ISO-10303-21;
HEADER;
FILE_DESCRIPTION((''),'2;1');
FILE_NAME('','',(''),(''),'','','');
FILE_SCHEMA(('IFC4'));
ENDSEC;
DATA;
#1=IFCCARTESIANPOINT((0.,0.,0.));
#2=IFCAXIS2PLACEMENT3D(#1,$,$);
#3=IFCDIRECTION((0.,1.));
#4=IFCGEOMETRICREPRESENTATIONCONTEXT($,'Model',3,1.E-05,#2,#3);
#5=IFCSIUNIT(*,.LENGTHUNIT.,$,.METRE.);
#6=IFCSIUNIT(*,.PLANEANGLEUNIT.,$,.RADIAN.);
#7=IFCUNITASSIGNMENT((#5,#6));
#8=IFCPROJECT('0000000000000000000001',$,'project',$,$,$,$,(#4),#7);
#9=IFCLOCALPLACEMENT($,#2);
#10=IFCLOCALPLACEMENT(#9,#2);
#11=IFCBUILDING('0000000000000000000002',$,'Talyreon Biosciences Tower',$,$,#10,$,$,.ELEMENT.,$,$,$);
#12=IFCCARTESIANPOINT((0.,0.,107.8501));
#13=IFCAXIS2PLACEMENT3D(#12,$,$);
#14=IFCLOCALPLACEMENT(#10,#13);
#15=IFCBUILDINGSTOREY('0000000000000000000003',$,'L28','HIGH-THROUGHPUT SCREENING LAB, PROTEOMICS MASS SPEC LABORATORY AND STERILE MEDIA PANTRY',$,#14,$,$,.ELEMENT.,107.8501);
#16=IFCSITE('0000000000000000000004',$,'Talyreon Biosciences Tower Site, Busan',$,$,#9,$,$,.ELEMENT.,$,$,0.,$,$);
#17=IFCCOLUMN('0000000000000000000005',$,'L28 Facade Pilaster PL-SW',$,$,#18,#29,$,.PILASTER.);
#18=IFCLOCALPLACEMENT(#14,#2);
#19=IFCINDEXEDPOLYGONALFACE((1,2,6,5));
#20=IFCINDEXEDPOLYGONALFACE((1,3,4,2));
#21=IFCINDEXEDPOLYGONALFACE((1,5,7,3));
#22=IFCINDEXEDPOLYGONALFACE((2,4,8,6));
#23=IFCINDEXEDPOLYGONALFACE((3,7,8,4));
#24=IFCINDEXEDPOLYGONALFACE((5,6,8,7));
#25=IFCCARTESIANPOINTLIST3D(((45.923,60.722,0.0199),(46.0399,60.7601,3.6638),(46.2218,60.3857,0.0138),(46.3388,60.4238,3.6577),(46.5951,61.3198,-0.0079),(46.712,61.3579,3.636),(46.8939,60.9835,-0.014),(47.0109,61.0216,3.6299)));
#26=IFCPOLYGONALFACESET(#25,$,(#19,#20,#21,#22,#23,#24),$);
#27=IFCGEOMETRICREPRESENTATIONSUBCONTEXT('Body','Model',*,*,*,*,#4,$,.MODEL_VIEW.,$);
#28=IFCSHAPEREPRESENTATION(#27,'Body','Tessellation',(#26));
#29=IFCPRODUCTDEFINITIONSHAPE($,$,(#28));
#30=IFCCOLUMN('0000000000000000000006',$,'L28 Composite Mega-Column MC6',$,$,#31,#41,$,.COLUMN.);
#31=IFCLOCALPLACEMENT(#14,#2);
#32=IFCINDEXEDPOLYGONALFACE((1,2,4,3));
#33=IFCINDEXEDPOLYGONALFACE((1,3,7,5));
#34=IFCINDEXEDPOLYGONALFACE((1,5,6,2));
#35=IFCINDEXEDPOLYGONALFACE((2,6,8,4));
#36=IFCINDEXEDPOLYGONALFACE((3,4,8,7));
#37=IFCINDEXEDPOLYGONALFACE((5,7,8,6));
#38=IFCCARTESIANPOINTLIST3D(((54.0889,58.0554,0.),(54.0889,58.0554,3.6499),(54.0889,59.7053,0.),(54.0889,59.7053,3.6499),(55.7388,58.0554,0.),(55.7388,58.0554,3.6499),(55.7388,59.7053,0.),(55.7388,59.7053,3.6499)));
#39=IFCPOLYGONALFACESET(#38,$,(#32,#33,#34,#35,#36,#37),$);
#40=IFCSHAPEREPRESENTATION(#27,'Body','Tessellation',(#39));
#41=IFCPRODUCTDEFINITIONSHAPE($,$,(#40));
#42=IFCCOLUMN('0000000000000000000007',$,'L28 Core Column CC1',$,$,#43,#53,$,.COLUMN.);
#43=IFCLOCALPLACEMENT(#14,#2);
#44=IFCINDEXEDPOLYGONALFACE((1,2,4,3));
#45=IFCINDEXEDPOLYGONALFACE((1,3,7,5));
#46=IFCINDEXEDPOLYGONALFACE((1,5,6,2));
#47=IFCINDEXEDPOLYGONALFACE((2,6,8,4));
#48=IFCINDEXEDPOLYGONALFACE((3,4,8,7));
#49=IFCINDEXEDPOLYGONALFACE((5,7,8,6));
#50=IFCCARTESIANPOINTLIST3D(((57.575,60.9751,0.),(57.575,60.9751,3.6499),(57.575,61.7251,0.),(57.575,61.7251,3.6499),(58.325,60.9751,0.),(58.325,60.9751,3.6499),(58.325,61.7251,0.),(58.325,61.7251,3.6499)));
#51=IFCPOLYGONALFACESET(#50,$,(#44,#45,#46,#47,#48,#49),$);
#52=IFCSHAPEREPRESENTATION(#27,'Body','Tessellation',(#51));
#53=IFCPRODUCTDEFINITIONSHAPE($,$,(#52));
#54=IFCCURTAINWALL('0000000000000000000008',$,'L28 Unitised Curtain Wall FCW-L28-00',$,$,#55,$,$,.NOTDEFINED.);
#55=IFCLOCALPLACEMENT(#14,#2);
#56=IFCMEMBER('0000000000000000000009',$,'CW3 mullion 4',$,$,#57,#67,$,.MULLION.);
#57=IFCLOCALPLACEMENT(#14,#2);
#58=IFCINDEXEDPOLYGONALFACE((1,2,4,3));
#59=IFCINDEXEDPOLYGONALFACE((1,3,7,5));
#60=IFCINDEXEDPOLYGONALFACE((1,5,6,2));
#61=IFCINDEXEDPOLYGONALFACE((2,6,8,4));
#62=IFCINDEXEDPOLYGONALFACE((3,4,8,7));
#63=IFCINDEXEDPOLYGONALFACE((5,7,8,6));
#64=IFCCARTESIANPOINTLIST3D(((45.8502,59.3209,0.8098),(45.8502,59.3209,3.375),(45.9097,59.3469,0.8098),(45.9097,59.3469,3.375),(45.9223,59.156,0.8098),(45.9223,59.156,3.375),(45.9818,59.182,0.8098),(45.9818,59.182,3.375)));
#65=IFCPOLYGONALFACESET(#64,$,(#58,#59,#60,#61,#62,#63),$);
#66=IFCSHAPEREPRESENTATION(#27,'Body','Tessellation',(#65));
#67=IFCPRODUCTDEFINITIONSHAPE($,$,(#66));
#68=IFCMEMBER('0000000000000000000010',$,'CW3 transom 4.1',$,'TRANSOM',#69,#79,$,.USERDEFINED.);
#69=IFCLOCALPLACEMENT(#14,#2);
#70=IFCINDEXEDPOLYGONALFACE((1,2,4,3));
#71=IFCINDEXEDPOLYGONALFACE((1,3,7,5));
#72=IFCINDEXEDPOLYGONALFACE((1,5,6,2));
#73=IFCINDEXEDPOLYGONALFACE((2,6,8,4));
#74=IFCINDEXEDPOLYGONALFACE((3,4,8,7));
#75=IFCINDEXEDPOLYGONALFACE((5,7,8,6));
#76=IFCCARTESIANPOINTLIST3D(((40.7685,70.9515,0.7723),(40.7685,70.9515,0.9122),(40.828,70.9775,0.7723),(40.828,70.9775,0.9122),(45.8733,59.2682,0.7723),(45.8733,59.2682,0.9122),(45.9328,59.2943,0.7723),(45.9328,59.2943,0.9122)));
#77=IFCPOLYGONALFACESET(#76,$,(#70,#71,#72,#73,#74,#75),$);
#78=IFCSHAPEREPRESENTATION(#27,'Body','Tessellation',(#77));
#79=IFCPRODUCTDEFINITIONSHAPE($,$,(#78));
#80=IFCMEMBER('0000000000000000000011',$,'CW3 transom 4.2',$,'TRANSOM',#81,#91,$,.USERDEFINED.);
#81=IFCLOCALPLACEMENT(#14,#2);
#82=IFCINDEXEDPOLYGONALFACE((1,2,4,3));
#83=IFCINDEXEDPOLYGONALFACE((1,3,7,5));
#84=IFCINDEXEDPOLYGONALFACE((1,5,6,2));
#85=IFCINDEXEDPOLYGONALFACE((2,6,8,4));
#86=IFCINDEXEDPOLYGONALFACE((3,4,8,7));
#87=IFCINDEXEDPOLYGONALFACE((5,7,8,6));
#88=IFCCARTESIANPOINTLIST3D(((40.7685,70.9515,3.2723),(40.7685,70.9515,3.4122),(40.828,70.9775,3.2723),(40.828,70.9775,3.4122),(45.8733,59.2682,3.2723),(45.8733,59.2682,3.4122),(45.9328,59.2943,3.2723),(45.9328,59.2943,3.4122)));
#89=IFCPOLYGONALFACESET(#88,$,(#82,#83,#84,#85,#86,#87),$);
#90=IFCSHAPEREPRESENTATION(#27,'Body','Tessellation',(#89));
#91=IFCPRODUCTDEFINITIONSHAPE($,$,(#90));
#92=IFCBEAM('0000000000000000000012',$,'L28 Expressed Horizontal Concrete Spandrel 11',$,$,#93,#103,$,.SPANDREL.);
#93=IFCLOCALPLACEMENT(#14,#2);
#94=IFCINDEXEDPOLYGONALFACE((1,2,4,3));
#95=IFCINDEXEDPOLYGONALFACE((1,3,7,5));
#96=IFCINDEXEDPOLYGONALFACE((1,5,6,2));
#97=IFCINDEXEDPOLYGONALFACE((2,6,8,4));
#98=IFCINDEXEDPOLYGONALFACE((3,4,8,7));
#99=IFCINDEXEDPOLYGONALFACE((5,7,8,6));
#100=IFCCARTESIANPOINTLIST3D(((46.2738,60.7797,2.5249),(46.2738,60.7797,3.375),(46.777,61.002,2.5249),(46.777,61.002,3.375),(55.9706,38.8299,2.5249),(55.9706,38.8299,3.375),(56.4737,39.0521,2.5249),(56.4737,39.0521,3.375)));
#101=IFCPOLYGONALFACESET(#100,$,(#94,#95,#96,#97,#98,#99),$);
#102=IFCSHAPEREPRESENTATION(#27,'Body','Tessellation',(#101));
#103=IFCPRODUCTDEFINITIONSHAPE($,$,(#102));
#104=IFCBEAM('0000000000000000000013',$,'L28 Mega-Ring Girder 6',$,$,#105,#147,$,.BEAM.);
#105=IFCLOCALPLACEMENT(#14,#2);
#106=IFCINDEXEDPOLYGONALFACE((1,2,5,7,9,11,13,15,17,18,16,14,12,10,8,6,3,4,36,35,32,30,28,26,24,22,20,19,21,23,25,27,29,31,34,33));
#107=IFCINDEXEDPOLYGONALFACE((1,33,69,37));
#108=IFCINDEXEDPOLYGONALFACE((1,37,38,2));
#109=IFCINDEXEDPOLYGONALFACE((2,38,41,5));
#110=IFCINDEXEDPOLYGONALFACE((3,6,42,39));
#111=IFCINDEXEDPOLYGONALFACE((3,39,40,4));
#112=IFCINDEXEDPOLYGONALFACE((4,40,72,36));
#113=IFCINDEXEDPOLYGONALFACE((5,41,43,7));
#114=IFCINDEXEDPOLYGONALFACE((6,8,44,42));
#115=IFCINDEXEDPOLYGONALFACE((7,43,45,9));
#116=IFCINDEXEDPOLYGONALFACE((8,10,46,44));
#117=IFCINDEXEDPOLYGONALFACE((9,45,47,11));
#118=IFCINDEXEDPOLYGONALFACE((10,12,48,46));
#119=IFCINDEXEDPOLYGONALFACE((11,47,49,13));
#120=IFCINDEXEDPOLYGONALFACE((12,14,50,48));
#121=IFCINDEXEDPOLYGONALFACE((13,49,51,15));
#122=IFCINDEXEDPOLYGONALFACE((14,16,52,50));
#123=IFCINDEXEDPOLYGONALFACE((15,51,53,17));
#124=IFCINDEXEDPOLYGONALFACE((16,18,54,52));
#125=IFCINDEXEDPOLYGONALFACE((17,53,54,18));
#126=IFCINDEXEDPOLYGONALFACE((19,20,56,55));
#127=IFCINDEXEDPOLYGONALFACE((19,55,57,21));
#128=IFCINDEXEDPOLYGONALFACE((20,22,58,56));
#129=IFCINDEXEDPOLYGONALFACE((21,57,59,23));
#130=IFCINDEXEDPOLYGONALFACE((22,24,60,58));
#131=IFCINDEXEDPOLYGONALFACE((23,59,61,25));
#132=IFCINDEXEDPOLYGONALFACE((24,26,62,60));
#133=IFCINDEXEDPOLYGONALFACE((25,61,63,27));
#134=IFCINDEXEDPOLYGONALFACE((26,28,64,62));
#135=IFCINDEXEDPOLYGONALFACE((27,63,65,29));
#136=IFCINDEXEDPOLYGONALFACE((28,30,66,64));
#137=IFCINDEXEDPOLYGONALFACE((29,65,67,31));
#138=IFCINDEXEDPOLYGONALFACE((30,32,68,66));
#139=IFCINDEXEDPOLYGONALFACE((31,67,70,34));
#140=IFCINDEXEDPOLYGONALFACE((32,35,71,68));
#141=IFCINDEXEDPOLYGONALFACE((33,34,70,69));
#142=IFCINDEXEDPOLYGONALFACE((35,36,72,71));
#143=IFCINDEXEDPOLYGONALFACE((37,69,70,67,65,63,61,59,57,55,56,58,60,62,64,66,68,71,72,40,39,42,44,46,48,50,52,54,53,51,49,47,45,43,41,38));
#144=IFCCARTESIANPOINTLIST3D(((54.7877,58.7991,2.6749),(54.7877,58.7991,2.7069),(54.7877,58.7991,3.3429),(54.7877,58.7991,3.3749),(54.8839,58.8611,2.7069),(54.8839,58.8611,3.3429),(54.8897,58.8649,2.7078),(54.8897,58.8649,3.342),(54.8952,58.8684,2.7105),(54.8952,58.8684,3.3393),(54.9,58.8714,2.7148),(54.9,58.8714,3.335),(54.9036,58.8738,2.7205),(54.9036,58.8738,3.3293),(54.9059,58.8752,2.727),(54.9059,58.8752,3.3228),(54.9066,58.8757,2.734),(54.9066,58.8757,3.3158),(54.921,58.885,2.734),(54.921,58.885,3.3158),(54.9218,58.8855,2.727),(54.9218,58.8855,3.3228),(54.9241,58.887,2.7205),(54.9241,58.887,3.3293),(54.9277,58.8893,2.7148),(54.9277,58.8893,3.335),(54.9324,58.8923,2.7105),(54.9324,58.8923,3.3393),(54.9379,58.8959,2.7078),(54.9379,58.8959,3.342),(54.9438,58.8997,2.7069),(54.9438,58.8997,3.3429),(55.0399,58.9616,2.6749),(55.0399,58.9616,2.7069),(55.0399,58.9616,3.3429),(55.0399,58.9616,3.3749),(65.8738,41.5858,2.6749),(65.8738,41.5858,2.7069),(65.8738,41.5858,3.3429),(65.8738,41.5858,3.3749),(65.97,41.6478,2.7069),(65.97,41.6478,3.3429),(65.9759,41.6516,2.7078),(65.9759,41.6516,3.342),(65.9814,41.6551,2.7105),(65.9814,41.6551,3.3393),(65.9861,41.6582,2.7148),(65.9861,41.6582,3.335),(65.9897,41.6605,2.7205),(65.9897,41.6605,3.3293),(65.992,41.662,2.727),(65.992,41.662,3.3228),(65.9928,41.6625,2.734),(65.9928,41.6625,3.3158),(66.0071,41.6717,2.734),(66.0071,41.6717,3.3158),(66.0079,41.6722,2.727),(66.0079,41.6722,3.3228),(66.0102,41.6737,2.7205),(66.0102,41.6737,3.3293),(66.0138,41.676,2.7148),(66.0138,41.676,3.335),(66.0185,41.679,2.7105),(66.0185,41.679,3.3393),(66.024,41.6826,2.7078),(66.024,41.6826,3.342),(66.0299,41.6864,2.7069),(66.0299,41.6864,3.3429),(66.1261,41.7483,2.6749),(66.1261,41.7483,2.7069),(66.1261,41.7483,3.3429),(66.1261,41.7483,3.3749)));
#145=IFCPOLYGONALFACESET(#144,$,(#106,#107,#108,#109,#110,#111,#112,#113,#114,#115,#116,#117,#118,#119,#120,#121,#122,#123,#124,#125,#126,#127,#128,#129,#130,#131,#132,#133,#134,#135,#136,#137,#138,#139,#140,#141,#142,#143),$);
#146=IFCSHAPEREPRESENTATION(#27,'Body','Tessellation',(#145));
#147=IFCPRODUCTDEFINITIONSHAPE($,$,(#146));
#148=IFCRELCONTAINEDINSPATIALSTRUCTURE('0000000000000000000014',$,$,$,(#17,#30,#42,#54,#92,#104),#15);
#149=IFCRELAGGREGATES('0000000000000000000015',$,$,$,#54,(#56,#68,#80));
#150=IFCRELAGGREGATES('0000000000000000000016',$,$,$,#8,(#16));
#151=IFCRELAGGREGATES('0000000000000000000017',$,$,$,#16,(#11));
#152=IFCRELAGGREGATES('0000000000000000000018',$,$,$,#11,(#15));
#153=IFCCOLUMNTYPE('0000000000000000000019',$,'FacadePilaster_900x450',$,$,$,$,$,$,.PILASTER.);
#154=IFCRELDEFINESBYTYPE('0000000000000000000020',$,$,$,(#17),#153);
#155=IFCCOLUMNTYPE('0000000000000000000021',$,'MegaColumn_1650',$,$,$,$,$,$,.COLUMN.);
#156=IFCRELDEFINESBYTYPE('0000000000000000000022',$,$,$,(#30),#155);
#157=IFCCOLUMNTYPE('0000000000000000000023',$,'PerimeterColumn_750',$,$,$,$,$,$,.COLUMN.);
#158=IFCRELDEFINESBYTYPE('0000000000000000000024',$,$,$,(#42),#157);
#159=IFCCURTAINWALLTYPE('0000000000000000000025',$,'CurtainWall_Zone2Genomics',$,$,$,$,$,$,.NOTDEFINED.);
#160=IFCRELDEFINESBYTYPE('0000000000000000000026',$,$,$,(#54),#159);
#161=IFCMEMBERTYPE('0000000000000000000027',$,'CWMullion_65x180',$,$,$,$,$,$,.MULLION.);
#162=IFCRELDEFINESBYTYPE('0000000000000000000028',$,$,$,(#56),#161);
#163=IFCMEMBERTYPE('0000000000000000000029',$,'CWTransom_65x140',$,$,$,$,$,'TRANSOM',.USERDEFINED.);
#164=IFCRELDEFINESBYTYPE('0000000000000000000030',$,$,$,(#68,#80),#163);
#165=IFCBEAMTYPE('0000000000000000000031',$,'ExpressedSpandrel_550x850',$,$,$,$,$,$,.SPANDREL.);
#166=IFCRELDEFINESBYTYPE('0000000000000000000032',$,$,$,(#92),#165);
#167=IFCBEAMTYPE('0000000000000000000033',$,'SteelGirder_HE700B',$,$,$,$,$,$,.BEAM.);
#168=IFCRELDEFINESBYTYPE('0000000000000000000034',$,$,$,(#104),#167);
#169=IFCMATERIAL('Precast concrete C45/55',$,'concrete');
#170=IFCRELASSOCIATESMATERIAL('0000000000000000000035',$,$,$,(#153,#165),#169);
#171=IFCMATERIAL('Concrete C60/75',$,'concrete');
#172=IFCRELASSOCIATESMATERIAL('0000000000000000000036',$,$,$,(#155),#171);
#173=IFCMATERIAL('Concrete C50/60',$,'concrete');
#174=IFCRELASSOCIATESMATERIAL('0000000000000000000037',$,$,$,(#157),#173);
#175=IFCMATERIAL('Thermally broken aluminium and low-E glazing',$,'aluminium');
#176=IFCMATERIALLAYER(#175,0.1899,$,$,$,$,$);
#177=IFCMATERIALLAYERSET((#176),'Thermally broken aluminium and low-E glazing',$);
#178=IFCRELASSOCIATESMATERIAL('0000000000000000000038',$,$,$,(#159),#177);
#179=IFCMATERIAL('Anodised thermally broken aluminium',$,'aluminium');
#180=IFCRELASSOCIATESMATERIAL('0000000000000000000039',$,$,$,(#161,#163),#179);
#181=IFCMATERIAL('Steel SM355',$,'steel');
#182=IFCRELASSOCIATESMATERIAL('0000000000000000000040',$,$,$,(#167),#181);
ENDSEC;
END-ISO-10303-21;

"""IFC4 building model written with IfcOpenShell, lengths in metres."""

from ifc_helpers import new_model, si_unit, direction, frame, origin, origin_2d, place, context, subcontext, project, spatial, rectangle, i_section, extrude, material, layer, layer_set, material_profile, profile_set, type_object, element, aggregate, save


model = new_model("IFC4")

# Units and contexts
model_context = context("Model", 3, precision=1e-05, world=origin(), true_north=direction((0.0, 1.0)))
body_context = subcontext(model_context, "Body", "Model", "MODEL_VIEW")
ifc_project = project(units=[si_unit("LENGTHUNIT", "METRE"), si_unit("PLANEANGLEUNIT", "RADIAN")], contexts=[model_context])

# Site, building, storey
site_placement = place(None, origin())
site = spatial("IfcSite", under=ifc_project, at=site_placement, Name="Talyreon Biosciences Tower Site, Busan", CompositionType="ELEMENT", RefElevation=0.0)
building_placement = place(site_placement, origin())
building = spatial("IfcBuilding", under=site, at=building_placement, Name="Talyreon Biosciences Tower", CompositionType="ELEMENT")
storey_placement = place(building_placement, frame((0.0, 0.0, 107.8501)))
storey = spatial("IfcBuildingStorey", under=building, at=storey_placement, Name="L28", Description="HIGH-THROUGHPUT SCREENING LAB, PROTEOMICS MASS SPEC LABORATORY AND STERILE MEDIA PANTRY", CompositionType="ELEMENT", Elevation=107.8501)

# Columns
ifc_material_1 = material(Name="Precast concrete C45/55", Category="concrete")
ifc_material_profile_1 = material_profile(ifc_material_1, rectangle(XDim=0.8999, YDim=0.45, at=origin_2d()), Name="RC 900x450")
ifc_profile_set_1 = profile_set([ifc_material_profile_1], Name="Precast concrete C45/55")
column_type_1 = type_object("IfcColumnType", Name="FacadePilaster_900x450", PredefinedType="PILASTER", material=ifc_profile_set_1)
column_1_placement = place(storey_placement, frame((46.4084, 60.8528, 0.0029), z_axis=(0.032073, 0.010446, 0.999431), x_axis=(0.746858, 0.664265, -0.030911)))
element("IfcColumn", 1, at=column_1_placement, inside=storey, type_object=column_type_1, Name="L28 Facade Pilaster PL-SW", PredefinedType="PILASTER", context=body_context, shape_type="SweptSolid", body=[
    extrude(rectangle(XDim=0.8999, YDim=0.45, at=origin_2d()), origin(), (0.0, 0.0, 1.0), 3.646),
])
ifc_material_2 = material(Name="Concrete C60/75", Category="concrete")
ifc_material_profile_2 = material_profile(ifc_material_2, rectangle(XDim=1.6499, YDim=1.6499, at=origin_2d()), Name="RC 1650x1650")
ifc_profile_set_2 = profile_set([ifc_material_profile_2], Name="Concrete C60/75")
column_type_2 = type_object("IfcColumnType", Name="MegaColumn_1650", PredefinedType="COLUMN", material=ifc_profile_set_2)
column_2_placement = place(storey_placement, frame((54.9138, 58.8804, 0.0), z_axis=(0.0, 0.0, 1.0), x_axis=(1.0, 0.0, 0.0)))
element("IfcColumn", 2, at=column_2_placement, inside=storey, type_object=column_type_2, Name="L28 Composite Mega-Column MC6", PredefinedType="COLUMN", context=body_context, shape_type="SweptSolid", body=[
    extrude(rectangle(XDim=1.6499, YDim=1.6499, at=origin_2d()), origin(), (0.0, 0.0, 1.0), 3.6499),
])
ifc_material_3 = material(Name="Concrete C50/60", Category="concrete")
ifc_material_profile_3 = material_profile(ifc_material_3, rectangle(XDim=0.75, YDim=0.75, at=origin_2d()), Name="RC 750x750")
ifc_profile_set_3 = profile_set([ifc_material_profile_3], Name="Concrete C50/60")
column_type_3 = type_object("IfcColumnType", Name="PerimeterColumn_750", PredefinedType="COLUMN", material=ifc_profile_set_3)
column_3_placement = place(storey_placement, frame((57.95, 61.3501, 0.0), z_axis=(0.0, 0.0, 1.0), x_axis=(1.0, 0.0, 0.0)))
element("IfcColumn", 3, at=column_3_placement, inside=storey, type_object=column_type_3, Name="L28 Core Column CC1", PredefinedType="COLUMN", context=body_context, shape_type="SweptSolid", body=[
    extrude(rectangle(XDim=0.75, YDim=0.75, at=origin_2d()), origin(), (0.0, 0.0, 1.0), 3.6499),
])

# Curtain wall, members
ifc_material_4 = material(Name="Thermally broken aluminium and low-E glazing", Category="aluminium")
ifc_layer_1 = layer(ifc_material_4, 0.1899)
ifc_layer_set_1 = layer_set([ifc_layer_1], Name="Thermally broken aluminium and low-E glazing")
curtain_wall_type = type_object("IfcCurtainWallType", Name="CurtainWall_Zone2Genomics", PredefinedType="NOTDEFINED", material=ifc_layer_set_1)
curtain_wall_placement = place(storey_placement, origin())
curtain_wall = element("IfcCurtainWall", 4, at=curtain_wall_placement, inside=storey, type_object=curtain_wall_type, Name="L28 Unitised Curtain Wall FCW-L28-00", PredefinedType="NOTDEFINED")
ifc_material_5 = material(Name="Anodised thermally broken aluminium", Category="aluminium")
ifc_material_profile_4 = material_profile(ifc_material_5, rectangle(XDim=0.0649, YDim=0.1799, at=origin_2d()), Name="ALUM MULLION 65x180")
ifc_profile_set_4 = profile_set([ifc_material_profile_4], Name="Anodised thermally broken aluminium")
member_type_1 = type_object("IfcMemberType", Name="CWMullion_65x180", PredefinedType="MULLION", material=ifc_profile_set_4)
member_1_placement = place(storey_placement, frame((45.916, 59.2515, 0.8098), z_axis=(0.0, 0.0, 1.0), x_axis=(-0.916346, -0.400387, 0.0)))
member_1 = element("IfcMember", 5, at=member_1_placement, type_object=member_type_1, Name="CW3 mullion 4", PredefinedType="MULLION", context=body_context, shape_type="SweptSolid", body=[
    extrude(rectangle(XDim=0.0649, YDim=0.1799, at=origin_2d()), origin(), (0.0, 0.0, 1.0), 2.5652),
])
ifc_material_profile_5 = material_profile(ifc_material_5, rectangle(XDim=0.0649, YDim=0.1399, at=origin_2d()), Name="ALUM TRANSOM 65x140")
ifc_profile_set_5 = profile_set([ifc_material_profile_5], Name="Anodised thermally broken aluminium")
member_type_2 = type_object("IfcMemberType", Name="CWTransom_65x140", ElementType="TRANSOM", PredefinedType="USERDEFINED", material=ifc_profile_set_5)
member_2_placement = place(storey_placement, frame((45.9031, 59.2812, 0.8423), z_axis=(-0.400383, 0.916348, 0.0), x_axis=(-0.916348, -0.400383, 0.0)))
member_2 = element("IfcMember", 6, at=member_2_placement, type_object=member_type_2, Name="CW3 transom 4.1", ObjectType="TRANSOM", PredefinedType="USERDEFINED", context=body_context, shape_type="SweptSolid", body=[
    extrude(rectangle(XDim=0.0649, YDim=0.1399, at=origin_2d()), origin(), (0.0, 0.0, 1.0), 12.7498),
])
member_3_placement = place(storey_placement, frame((45.9031, 59.2812, 3.3423), z_axis=(-0.400383, 0.916348, 0.0), x_axis=(-0.916348, -0.400383, 0.0)))
member_3 = element("IfcMember", 7, at=member_3_placement, type_object=member_type_2, Name="CW3 transom 4.2", ObjectType="TRANSOM", PredefinedType="USERDEFINED", context=body_context, shape_type="SweptSolid", body=[
    extrude(rectangle(XDim=0.0649, YDim=0.1399, at=origin_2d()), origin(), (0.0, 0.0, 1.0), 12.7498),
])

# Beams
ifc_material_profile_6 = material_profile(ifc_material_1, rectangle(XDim=0.55, YDim=0.8501, at=origin_2d()), Name="RCB 550x850")
ifc_profile_set_6 = profile_set([ifc_material_profile_6], Name="Precast concrete C45/55")
beam_type_1 = type_object("IfcBeamType", Name="ExpressedSpandrel_550x850", PredefinedType="SPANDREL", material=ifc_profile_set_6)
beam_1_placement = place(storey_placement, frame((46.5254, 60.8909, 2.95), z_axis=(0.404093, -0.914718, 0.0), x_axis=(0.914718, 0.404093, 0.0)))
element("IfcBeam", 8, at=beam_1_placement, inside=storey, type_object=beam_type_1, Name="L28 Expressed Horizontal Concrete Spandrel 11", PredefinedType="SPANDREL", context=body_context, shape_type="SweptSolid", body=[
    extrude(rectangle(XDim=0.55, YDim=0.8501, at=origin_2d()), origin(), (0.0, 0.0, 1.0), 23.9963),
])
ifc_material_6 = material(Name="Steel SM355", Category="steel")
ifc_material_profile_7 = material_profile(ifc_material_6, i_section(OverallWidth=0.3, OverallDepth=0.7, WebThickness=0.0171, FlangeThickness=0.032, FilletRadius=0.0271, at=origin_2d()), Name="HE700B")
ifc_profile_set_7 = profile_set([ifc_material_profile_7], Name="Steel SM355")
beam_type_2 = type_object("IfcBeamType", Name="SteelGirder_HE700B", PredefinedType="BEAM", material=ifc_profile_set_7)
beam_2_placement = place(storey_placement, frame((54.9138, 58.8804, 3.0249), z_axis=(0.541464, -0.840724, 0.0), x_axis=(0.840724, 0.541464, 0.0)))
element("IfcBeam", 9, at=beam_2_placement, inside=storey, type_object=beam_type_2, Name="L28 Mega-Ring Girder 6", PredefinedType="BEAM", context=body_context, shape_type="SweptSolid", body=[
    extrude(i_section(OverallWidth=0.3, OverallDepth=0.7, WebThickness=0.0171, FlangeThickness=0.032, FilletRadius=0.0271, at=origin_2d()), origin(), (0.0, 0.0, 1.0), 20.4744),
])

aggregate(curtain_wall, [member_1, member_2, member_3])

save(model, "model.ifc")
